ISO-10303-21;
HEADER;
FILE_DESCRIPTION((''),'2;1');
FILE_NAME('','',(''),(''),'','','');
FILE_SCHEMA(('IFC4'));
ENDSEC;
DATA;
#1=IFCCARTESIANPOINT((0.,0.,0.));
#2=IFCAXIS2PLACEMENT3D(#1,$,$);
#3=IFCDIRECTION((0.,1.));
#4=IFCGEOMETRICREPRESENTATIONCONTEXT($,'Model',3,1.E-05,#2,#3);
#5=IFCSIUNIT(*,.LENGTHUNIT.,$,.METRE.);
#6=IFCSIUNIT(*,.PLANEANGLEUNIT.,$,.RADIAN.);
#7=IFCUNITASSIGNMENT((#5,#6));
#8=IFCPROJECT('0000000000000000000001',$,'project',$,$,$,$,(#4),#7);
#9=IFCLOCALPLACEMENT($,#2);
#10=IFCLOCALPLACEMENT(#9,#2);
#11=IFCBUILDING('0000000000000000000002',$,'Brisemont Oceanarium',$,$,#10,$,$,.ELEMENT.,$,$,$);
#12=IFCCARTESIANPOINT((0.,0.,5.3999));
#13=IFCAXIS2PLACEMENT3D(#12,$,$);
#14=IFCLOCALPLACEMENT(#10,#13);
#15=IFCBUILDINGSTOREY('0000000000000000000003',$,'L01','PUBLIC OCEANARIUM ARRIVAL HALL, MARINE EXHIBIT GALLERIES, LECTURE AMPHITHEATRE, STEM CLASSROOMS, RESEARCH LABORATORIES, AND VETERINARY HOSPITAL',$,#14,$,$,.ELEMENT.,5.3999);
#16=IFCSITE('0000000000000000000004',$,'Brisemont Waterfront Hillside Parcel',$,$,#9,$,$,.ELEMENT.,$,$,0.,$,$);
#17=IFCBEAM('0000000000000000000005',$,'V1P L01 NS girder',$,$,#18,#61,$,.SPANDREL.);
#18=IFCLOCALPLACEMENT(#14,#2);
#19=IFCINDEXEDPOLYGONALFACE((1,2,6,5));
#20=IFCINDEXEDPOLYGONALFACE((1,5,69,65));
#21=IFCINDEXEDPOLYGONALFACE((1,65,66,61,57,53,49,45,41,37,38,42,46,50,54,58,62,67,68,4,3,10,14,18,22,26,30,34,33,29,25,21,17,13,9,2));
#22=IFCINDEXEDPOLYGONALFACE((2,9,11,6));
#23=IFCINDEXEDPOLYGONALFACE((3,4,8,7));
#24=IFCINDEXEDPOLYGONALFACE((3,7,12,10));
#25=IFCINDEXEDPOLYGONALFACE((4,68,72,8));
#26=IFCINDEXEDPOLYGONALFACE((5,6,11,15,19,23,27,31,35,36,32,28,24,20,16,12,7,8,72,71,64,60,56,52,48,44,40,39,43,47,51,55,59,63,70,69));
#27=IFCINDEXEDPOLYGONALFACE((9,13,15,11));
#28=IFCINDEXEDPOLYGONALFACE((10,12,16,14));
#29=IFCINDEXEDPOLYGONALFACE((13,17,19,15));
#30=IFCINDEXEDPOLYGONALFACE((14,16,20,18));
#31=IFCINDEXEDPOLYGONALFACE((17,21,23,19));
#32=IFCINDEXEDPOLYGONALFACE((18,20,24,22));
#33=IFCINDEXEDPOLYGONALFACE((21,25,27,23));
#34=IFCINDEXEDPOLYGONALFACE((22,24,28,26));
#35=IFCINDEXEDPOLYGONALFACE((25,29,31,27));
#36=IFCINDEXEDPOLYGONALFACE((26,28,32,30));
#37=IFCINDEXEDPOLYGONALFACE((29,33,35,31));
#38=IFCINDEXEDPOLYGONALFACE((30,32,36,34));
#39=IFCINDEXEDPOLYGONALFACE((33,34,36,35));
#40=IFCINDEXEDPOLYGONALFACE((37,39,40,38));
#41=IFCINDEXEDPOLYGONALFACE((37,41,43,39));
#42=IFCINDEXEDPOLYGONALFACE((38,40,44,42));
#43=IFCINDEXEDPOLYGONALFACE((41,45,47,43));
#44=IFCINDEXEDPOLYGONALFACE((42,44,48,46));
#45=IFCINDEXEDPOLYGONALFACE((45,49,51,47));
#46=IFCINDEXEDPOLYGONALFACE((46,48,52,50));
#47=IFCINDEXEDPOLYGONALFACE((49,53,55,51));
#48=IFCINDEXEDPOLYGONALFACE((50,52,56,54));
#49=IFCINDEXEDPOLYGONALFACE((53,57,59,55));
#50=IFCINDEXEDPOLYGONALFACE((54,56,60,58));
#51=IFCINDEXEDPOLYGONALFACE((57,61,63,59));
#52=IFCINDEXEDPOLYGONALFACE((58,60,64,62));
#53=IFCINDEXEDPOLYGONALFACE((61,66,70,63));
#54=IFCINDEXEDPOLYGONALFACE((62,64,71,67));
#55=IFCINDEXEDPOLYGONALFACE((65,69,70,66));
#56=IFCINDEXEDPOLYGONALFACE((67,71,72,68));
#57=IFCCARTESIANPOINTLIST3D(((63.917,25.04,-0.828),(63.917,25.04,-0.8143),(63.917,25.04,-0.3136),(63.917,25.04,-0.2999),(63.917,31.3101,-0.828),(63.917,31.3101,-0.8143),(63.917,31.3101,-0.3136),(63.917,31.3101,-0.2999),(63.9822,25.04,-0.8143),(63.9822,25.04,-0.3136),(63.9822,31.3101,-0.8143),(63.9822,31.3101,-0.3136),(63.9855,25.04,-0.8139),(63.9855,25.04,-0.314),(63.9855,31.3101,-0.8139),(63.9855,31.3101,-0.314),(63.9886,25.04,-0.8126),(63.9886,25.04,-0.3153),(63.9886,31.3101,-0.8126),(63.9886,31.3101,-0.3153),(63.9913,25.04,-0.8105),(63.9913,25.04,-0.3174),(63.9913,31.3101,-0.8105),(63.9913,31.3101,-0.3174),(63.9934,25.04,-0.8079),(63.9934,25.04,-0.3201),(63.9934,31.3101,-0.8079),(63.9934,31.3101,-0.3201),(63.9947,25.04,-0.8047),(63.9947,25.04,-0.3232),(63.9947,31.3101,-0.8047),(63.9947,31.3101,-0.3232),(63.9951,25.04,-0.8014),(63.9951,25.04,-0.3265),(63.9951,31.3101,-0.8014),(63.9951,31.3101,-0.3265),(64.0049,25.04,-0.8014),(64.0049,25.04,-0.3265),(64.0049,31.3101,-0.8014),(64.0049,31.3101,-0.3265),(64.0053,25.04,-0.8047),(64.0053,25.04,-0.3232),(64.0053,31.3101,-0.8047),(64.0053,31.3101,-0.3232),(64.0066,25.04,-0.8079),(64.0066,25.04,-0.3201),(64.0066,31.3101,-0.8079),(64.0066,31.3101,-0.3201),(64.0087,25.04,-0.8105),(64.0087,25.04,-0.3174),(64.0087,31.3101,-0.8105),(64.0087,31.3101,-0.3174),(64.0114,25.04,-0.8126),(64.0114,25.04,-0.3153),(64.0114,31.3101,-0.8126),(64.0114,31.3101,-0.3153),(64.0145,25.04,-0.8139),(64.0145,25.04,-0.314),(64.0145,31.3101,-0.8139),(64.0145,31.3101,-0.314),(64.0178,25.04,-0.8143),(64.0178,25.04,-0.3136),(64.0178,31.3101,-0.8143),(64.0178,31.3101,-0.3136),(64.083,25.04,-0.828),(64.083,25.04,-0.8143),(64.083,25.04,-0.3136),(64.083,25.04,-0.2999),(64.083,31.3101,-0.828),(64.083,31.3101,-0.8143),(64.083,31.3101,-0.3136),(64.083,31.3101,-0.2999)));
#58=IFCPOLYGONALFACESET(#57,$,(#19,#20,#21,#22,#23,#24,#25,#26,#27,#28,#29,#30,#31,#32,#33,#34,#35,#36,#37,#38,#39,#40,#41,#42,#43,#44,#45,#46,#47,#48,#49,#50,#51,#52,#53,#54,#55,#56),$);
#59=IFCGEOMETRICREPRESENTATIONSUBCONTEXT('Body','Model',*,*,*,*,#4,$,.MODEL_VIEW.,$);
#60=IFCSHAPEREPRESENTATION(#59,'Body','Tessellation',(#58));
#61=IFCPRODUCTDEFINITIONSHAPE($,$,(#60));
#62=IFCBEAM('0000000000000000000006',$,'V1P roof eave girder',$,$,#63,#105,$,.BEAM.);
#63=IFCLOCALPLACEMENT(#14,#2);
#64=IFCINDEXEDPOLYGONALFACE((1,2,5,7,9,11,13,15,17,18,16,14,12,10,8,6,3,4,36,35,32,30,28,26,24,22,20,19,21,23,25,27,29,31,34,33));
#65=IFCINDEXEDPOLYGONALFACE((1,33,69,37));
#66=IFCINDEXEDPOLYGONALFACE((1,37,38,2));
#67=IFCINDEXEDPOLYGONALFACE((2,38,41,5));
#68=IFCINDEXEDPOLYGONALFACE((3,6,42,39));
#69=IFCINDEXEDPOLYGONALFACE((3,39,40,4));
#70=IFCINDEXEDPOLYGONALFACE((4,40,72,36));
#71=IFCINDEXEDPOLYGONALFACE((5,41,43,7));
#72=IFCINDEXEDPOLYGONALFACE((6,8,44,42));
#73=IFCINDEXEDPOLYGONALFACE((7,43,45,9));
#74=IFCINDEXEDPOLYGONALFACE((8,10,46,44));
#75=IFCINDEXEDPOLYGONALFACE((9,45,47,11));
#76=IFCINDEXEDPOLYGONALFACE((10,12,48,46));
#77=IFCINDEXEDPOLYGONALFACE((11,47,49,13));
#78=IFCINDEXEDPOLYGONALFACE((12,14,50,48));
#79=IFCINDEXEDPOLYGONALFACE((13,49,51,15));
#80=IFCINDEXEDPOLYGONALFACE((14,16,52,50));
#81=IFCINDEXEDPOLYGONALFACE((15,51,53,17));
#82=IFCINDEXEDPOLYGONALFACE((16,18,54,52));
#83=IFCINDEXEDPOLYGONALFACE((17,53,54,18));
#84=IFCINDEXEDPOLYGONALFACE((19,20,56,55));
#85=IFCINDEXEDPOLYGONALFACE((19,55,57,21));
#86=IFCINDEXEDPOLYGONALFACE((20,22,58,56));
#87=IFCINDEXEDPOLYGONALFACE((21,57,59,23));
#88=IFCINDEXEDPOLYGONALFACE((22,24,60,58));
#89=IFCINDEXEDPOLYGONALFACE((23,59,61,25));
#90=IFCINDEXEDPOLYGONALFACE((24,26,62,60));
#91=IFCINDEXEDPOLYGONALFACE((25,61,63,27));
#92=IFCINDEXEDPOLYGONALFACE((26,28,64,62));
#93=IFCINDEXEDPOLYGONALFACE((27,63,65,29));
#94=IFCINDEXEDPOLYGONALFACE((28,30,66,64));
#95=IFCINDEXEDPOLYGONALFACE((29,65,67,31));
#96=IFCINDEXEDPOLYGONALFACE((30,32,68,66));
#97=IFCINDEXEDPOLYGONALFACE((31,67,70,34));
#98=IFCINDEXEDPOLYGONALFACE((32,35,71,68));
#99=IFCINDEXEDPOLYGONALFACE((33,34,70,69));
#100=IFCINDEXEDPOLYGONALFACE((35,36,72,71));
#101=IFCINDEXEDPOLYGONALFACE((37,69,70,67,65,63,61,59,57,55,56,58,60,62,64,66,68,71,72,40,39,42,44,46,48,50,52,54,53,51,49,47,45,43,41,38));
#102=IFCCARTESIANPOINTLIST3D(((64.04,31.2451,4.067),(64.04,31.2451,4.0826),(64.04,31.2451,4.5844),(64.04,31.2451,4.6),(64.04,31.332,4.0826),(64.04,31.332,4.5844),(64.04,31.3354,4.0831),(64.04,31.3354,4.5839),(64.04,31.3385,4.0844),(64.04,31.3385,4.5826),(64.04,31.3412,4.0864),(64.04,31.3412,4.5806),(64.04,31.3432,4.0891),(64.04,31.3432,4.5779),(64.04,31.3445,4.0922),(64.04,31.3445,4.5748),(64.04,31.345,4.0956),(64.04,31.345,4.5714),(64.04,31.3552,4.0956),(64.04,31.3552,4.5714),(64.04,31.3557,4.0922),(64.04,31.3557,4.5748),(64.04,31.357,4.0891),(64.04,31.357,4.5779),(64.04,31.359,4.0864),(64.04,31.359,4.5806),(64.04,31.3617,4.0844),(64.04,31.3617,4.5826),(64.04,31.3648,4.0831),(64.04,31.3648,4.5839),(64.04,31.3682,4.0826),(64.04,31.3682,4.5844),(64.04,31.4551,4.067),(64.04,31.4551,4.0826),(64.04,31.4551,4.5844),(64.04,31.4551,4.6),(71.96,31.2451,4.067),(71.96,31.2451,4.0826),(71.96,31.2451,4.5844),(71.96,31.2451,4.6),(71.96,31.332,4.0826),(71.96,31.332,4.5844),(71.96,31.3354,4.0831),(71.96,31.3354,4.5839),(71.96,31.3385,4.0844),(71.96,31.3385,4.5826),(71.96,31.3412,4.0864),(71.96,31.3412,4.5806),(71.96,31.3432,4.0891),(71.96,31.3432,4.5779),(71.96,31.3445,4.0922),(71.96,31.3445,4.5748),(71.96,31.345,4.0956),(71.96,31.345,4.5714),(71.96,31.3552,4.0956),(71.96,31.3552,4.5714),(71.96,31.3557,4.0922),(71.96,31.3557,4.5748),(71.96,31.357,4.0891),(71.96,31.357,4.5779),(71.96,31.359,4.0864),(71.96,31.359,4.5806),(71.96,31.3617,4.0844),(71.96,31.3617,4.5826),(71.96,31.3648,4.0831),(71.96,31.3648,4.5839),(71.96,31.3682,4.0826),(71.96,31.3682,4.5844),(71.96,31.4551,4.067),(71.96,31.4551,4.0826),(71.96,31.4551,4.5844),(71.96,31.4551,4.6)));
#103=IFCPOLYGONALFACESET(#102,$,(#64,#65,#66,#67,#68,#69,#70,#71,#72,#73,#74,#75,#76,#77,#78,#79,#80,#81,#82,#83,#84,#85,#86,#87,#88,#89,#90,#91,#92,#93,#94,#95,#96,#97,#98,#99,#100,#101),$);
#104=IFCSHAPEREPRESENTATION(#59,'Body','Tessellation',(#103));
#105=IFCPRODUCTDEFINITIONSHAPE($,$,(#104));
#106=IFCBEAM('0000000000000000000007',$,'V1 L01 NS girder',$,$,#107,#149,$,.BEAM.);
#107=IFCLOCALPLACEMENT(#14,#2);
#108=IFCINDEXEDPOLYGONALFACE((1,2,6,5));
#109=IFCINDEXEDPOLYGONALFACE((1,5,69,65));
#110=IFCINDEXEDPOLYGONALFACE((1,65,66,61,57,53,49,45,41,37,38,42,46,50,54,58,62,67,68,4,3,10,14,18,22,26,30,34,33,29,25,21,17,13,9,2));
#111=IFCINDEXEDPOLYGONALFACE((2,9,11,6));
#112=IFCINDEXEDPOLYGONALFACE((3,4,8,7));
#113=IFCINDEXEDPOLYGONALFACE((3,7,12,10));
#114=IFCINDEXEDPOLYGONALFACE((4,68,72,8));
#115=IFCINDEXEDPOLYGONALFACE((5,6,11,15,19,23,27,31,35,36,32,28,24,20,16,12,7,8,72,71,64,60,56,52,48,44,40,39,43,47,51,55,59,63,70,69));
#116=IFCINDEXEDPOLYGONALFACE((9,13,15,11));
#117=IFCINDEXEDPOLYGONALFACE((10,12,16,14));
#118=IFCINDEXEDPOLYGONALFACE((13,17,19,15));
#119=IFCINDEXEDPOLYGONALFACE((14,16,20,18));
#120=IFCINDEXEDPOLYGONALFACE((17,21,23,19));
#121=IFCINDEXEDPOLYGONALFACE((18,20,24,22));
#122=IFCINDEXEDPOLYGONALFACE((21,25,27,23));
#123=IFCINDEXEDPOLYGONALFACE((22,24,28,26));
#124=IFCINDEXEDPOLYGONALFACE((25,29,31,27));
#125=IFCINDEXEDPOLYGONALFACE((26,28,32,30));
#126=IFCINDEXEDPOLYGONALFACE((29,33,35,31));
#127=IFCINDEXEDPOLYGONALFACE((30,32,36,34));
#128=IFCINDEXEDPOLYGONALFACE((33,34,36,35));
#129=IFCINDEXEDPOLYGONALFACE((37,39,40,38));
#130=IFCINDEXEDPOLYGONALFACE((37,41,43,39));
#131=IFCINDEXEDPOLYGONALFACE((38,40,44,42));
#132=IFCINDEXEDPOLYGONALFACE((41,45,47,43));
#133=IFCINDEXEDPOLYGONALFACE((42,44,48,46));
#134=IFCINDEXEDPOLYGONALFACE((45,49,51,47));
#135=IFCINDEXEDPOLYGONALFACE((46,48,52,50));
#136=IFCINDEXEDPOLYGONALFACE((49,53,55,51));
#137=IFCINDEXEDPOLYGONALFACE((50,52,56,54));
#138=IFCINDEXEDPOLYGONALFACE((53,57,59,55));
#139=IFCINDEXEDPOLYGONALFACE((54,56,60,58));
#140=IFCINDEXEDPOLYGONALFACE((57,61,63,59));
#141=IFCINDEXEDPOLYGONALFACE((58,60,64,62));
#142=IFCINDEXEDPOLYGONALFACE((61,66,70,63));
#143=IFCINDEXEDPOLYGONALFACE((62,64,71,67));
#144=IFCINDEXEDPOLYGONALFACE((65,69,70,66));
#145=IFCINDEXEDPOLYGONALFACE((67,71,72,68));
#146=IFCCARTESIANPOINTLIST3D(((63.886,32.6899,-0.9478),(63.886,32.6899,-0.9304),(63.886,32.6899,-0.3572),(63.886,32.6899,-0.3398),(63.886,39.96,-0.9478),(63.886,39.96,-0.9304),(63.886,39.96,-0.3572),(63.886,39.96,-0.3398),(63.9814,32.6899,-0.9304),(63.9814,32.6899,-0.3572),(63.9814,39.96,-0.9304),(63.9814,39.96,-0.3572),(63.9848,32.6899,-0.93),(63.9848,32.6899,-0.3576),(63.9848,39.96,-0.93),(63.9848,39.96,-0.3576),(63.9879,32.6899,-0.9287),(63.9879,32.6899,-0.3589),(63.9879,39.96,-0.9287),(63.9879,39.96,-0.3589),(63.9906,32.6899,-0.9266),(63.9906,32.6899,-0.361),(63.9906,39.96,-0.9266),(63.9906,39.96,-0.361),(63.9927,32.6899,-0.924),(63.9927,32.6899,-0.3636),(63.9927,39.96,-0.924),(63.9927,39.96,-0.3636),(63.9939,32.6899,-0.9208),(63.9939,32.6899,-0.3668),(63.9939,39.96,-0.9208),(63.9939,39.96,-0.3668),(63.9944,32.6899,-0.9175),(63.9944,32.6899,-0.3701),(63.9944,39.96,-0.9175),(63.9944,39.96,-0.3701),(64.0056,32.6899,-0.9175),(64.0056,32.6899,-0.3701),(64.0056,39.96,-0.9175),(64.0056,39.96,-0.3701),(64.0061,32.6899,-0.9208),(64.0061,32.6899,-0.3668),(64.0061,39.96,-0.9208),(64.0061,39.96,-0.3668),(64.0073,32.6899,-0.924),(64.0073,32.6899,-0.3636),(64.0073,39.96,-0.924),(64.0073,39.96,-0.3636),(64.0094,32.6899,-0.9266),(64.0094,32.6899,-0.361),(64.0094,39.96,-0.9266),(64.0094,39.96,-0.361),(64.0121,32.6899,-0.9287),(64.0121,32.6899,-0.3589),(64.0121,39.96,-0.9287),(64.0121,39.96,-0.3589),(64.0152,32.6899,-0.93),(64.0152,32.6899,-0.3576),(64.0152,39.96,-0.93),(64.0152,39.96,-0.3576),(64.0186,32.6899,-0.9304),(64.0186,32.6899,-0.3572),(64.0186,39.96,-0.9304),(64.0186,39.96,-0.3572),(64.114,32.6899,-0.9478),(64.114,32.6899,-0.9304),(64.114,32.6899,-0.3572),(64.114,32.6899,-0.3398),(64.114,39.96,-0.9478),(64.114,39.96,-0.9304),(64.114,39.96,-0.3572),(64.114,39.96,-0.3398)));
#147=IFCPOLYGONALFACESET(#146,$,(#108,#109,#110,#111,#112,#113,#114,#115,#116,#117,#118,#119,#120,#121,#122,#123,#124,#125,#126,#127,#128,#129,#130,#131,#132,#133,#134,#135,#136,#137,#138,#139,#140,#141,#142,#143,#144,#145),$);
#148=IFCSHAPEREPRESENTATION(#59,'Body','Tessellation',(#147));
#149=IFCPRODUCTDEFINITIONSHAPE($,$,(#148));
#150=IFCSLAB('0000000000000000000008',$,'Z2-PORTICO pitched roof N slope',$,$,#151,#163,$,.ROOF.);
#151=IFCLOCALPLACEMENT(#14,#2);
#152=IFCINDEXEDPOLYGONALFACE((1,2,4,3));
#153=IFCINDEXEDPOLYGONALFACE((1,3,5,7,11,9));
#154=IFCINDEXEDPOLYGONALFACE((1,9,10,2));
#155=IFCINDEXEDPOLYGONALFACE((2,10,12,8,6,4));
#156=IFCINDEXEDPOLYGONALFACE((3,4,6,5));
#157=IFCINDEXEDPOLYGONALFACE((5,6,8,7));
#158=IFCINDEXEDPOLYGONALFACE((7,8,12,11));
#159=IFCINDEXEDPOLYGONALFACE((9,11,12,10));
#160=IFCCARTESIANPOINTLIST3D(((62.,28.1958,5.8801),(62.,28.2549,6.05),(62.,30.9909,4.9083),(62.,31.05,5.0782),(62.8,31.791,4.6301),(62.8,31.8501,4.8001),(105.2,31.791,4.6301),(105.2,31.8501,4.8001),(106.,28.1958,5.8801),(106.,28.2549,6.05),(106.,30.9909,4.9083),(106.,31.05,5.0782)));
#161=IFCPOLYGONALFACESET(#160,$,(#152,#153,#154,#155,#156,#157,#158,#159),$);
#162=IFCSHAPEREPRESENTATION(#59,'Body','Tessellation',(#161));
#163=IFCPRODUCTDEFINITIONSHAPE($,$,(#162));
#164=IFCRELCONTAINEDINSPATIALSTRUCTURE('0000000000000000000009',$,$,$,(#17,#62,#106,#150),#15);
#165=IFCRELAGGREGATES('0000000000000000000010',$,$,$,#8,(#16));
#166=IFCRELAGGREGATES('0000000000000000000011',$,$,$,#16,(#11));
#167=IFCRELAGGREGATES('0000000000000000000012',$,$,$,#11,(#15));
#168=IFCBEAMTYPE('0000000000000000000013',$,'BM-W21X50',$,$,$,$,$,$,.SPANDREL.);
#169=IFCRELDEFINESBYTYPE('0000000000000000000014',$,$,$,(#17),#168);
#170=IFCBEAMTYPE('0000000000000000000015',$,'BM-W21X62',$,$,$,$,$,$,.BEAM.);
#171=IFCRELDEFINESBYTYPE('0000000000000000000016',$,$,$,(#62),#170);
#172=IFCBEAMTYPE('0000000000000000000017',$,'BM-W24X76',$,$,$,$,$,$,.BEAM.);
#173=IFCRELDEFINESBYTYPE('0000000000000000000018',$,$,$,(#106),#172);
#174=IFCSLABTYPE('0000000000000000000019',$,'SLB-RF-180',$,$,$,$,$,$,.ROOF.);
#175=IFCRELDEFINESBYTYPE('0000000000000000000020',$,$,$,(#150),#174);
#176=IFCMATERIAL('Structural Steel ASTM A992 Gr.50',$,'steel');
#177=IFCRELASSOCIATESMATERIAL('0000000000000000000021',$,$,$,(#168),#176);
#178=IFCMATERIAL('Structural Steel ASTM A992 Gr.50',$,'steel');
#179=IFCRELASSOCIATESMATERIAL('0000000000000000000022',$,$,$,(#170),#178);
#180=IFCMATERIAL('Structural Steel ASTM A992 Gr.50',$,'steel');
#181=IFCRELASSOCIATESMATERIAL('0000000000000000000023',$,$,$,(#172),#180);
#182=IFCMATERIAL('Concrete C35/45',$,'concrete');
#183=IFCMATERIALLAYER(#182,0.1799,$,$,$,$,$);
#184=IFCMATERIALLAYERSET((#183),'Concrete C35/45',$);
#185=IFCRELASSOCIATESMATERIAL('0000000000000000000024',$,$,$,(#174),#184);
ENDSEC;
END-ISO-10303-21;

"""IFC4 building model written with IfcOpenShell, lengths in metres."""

from ifc_helpers import new_model, si_unit, direction, frame, origin, origin_2d, place, context, subcontext, project, spatial, polyline, i_section, outline, extrude, material, layer, layer_set, material_profile, profile_set, type_object, element, save


model = new_model("IFC4")

# Units and contexts
model_context = context("Model", 3, precision=1e-05, world=origin(), true_north=direction((0.0, 1.0)))
body_context = subcontext(model_context, "Body", "Model", "MODEL_VIEW")
ifc_project = project(units=[si_unit("LENGTHUNIT", "METRE"), si_unit("PLANEANGLEUNIT", "RADIAN")], contexts=[model_context])

# Site, building, storey
site_placement = place(None, origin())
site = spatial("IfcSite", under=ifc_project, at=site_placement, Name="Brisemont Waterfront Hillside Parcel", CompositionType="ELEMENT", RefElevation=0.0)
building_placement = place(site_placement, origin())
building = spatial("IfcBuilding", under=site, at=building_placement, Name="Brisemont Oceanarium", CompositionType="ELEMENT")
storey_placement = place(building_placement, frame((0.0, 0.0, 5.3999)))
storey = spatial("IfcBuildingStorey", under=building, at=storey_placement, Name="L01", Description="PUBLIC OCEANARIUM ARRIVAL HALL, MARINE EXHIBIT GALLERIES, LECTURE AMPHITHEATRE, STEM CLASSROOMS, RESEARCH LABORATORIES, AND VETERINARY HOSPITAL", CompositionType="ELEMENT", Elevation=5.3999)

# Beams
ifc_material_1 = material(Name="Structural Steel ASTM A992 Gr.50", Category="steel")
ifc_material_profile_1 = material_profile(ifc_material_1, i_section(OverallWidth=0.166, OverallDepth=0.5281, WebThickness=0.0098, FlangeThickness=0.0137, FilletRadius=0.0129, at=origin_2d()), Name="W21X50")
ifc_profile_set_1 = profile_set([ifc_material_profile_1], Name="Structural Steel ASTM A992 Gr.50")
beam_type_1 = type_object("IfcBeamType", Name="BM-W21X50", PredefinedType="SPANDREL", material=ifc_profile_set_1)
beam_1_placement = place(storey_placement, frame((64.0, 25.04, -0.564), z_axis=(0.0, 1.0, 0.0), x_axis=(-1.0, 0.0, 0.0)))
element("IfcBeam", 1, at=beam_1_placement, inside=storey, type_object=beam_type_1, Name="V1P L01 NS girder", PredefinedType="SPANDREL", context=body_context, shape_type="SweptSolid", body=[
    extrude(i_section(OverallWidth=0.166, OverallDepth=0.5281, WebThickness=0.0098, FlangeThickness=0.0137, FilletRadius=0.0129, at=origin_2d()), origin(), (0.0, 0.0, 1.0), 6.27),
])
ifc_material_2 = material(Name="Structural Steel ASTM A992 Gr.50", Category="steel")
ifc_material_profile_2 = material_profile(ifc_material_2, i_section(OverallWidth=0.21, OverallDepth=0.533, WebThickness=0.0103, FlangeThickness=0.0156, FilletRadius=0.0129, at=origin_2d()), Name="W21X62")
ifc_profile_set_2 = profile_set([ifc_material_profile_2], Name="Structural Steel ASTM A992 Gr.50")
beam_type_2 = type_object("IfcBeamType", Name="BM-W21X62", PredefinedType="BEAM", material=ifc_profile_set_2)
beam_2_placement = place(storey_placement, frame((64.04, 31.3501, 4.3335), z_axis=(1.0, 0.0, 0.0), x_axis=(0.0, 1.0, 0.0)))
element("IfcBeam", 2, at=beam_2_placement, inside=storey, type_object=beam_type_2, Name="V1P roof eave girder", PredefinedType="BEAM", context=body_context, shape_type="SweptSolid", body=[
    extrude(i_section(OverallWidth=0.21, OverallDepth=0.533, WebThickness=0.0103, FlangeThickness=0.0156, FilletRadius=0.0129, at=origin_2d()), origin(), (0.0, 0.0, 1.0), 7.9199),
])
ifc_material_3 = material(Name="Structural Steel ASTM A992 Gr.50", Category="steel")
ifc_material_profile_3 = material_profile(ifc_material_3, i_section(OverallWidth=0.228, OverallDepth=0.6079, WebThickness=0.0112, FlangeThickness=0.0173, FilletRadius=0.0129, at=origin_2d()), Name="W24X76")
ifc_profile_set_3 = profile_set([ifc_material_profile_3], Name="Structural Steel ASTM A992 Gr.50")
beam_type_3 = type_object("IfcBeamType", Name="BM-W24X76", PredefinedType="BEAM", material=ifc_profile_set_3)
beam_3_placement = place(storey_placement, frame((64.0, 32.6899, -0.6438), z_axis=(0.0, 1.0, 0.0), x_axis=(-1.0, 0.0, 0.0)))
element("IfcBeam", 3, at=beam_3_placement, inside=storey, type_object=beam_type_3, Name="V1 L01 NS girder", PredefinedType="BEAM", context=body_context, shape_type="SweptSolid", body=[
    extrude(i_section(OverallWidth=0.228, OverallDepth=0.6079, WebThickness=0.0112, FlangeThickness=0.0173, FilletRadius=0.0129, at=origin_2d()), origin(), (0.0, 0.0, 1.0), 7.27),
])

# Slab
ifc_material_4 = material(Name="Concrete C35/45", Category="concrete")
ifc_layer_1 = layer(ifc_material_4, 0.1799)
ifc_layer_set_1 = layer_set([ifc_layer_1], Name="Concrete C35/45")
slab_type = type_object("IfcSlabType", Name="SLB-RF-180", PredefinedType="ROOF", material=ifc_layer_set_1)
slab_placement = place(storey_placement, frame((62.0, 28.2549, 6.05), z_axis=(0.0, 0.328401, 0.944539), x_axis=(1.0, 0.0, 0.0)))
element("IfcSlab", 4, at=slab_placement, inside=storey, type_object=slab_type, Name="Z2-PORTICO pitched roof N slope", PredefinedType="ROOF", context=body_context, shape_type="SweptSolid", body=[
    extrude(outline(polyline([(0.0, 0.0), (44.0, 0.0), (44.0, 2.9592), (43.2, 3.8063), (0.8, 3.8063), (0.0, 2.9592), (0.0, 0.0)])), origin(), (0.0, 0.0, -1.0), 0.1799),
])

save(model, "model.ifc")
